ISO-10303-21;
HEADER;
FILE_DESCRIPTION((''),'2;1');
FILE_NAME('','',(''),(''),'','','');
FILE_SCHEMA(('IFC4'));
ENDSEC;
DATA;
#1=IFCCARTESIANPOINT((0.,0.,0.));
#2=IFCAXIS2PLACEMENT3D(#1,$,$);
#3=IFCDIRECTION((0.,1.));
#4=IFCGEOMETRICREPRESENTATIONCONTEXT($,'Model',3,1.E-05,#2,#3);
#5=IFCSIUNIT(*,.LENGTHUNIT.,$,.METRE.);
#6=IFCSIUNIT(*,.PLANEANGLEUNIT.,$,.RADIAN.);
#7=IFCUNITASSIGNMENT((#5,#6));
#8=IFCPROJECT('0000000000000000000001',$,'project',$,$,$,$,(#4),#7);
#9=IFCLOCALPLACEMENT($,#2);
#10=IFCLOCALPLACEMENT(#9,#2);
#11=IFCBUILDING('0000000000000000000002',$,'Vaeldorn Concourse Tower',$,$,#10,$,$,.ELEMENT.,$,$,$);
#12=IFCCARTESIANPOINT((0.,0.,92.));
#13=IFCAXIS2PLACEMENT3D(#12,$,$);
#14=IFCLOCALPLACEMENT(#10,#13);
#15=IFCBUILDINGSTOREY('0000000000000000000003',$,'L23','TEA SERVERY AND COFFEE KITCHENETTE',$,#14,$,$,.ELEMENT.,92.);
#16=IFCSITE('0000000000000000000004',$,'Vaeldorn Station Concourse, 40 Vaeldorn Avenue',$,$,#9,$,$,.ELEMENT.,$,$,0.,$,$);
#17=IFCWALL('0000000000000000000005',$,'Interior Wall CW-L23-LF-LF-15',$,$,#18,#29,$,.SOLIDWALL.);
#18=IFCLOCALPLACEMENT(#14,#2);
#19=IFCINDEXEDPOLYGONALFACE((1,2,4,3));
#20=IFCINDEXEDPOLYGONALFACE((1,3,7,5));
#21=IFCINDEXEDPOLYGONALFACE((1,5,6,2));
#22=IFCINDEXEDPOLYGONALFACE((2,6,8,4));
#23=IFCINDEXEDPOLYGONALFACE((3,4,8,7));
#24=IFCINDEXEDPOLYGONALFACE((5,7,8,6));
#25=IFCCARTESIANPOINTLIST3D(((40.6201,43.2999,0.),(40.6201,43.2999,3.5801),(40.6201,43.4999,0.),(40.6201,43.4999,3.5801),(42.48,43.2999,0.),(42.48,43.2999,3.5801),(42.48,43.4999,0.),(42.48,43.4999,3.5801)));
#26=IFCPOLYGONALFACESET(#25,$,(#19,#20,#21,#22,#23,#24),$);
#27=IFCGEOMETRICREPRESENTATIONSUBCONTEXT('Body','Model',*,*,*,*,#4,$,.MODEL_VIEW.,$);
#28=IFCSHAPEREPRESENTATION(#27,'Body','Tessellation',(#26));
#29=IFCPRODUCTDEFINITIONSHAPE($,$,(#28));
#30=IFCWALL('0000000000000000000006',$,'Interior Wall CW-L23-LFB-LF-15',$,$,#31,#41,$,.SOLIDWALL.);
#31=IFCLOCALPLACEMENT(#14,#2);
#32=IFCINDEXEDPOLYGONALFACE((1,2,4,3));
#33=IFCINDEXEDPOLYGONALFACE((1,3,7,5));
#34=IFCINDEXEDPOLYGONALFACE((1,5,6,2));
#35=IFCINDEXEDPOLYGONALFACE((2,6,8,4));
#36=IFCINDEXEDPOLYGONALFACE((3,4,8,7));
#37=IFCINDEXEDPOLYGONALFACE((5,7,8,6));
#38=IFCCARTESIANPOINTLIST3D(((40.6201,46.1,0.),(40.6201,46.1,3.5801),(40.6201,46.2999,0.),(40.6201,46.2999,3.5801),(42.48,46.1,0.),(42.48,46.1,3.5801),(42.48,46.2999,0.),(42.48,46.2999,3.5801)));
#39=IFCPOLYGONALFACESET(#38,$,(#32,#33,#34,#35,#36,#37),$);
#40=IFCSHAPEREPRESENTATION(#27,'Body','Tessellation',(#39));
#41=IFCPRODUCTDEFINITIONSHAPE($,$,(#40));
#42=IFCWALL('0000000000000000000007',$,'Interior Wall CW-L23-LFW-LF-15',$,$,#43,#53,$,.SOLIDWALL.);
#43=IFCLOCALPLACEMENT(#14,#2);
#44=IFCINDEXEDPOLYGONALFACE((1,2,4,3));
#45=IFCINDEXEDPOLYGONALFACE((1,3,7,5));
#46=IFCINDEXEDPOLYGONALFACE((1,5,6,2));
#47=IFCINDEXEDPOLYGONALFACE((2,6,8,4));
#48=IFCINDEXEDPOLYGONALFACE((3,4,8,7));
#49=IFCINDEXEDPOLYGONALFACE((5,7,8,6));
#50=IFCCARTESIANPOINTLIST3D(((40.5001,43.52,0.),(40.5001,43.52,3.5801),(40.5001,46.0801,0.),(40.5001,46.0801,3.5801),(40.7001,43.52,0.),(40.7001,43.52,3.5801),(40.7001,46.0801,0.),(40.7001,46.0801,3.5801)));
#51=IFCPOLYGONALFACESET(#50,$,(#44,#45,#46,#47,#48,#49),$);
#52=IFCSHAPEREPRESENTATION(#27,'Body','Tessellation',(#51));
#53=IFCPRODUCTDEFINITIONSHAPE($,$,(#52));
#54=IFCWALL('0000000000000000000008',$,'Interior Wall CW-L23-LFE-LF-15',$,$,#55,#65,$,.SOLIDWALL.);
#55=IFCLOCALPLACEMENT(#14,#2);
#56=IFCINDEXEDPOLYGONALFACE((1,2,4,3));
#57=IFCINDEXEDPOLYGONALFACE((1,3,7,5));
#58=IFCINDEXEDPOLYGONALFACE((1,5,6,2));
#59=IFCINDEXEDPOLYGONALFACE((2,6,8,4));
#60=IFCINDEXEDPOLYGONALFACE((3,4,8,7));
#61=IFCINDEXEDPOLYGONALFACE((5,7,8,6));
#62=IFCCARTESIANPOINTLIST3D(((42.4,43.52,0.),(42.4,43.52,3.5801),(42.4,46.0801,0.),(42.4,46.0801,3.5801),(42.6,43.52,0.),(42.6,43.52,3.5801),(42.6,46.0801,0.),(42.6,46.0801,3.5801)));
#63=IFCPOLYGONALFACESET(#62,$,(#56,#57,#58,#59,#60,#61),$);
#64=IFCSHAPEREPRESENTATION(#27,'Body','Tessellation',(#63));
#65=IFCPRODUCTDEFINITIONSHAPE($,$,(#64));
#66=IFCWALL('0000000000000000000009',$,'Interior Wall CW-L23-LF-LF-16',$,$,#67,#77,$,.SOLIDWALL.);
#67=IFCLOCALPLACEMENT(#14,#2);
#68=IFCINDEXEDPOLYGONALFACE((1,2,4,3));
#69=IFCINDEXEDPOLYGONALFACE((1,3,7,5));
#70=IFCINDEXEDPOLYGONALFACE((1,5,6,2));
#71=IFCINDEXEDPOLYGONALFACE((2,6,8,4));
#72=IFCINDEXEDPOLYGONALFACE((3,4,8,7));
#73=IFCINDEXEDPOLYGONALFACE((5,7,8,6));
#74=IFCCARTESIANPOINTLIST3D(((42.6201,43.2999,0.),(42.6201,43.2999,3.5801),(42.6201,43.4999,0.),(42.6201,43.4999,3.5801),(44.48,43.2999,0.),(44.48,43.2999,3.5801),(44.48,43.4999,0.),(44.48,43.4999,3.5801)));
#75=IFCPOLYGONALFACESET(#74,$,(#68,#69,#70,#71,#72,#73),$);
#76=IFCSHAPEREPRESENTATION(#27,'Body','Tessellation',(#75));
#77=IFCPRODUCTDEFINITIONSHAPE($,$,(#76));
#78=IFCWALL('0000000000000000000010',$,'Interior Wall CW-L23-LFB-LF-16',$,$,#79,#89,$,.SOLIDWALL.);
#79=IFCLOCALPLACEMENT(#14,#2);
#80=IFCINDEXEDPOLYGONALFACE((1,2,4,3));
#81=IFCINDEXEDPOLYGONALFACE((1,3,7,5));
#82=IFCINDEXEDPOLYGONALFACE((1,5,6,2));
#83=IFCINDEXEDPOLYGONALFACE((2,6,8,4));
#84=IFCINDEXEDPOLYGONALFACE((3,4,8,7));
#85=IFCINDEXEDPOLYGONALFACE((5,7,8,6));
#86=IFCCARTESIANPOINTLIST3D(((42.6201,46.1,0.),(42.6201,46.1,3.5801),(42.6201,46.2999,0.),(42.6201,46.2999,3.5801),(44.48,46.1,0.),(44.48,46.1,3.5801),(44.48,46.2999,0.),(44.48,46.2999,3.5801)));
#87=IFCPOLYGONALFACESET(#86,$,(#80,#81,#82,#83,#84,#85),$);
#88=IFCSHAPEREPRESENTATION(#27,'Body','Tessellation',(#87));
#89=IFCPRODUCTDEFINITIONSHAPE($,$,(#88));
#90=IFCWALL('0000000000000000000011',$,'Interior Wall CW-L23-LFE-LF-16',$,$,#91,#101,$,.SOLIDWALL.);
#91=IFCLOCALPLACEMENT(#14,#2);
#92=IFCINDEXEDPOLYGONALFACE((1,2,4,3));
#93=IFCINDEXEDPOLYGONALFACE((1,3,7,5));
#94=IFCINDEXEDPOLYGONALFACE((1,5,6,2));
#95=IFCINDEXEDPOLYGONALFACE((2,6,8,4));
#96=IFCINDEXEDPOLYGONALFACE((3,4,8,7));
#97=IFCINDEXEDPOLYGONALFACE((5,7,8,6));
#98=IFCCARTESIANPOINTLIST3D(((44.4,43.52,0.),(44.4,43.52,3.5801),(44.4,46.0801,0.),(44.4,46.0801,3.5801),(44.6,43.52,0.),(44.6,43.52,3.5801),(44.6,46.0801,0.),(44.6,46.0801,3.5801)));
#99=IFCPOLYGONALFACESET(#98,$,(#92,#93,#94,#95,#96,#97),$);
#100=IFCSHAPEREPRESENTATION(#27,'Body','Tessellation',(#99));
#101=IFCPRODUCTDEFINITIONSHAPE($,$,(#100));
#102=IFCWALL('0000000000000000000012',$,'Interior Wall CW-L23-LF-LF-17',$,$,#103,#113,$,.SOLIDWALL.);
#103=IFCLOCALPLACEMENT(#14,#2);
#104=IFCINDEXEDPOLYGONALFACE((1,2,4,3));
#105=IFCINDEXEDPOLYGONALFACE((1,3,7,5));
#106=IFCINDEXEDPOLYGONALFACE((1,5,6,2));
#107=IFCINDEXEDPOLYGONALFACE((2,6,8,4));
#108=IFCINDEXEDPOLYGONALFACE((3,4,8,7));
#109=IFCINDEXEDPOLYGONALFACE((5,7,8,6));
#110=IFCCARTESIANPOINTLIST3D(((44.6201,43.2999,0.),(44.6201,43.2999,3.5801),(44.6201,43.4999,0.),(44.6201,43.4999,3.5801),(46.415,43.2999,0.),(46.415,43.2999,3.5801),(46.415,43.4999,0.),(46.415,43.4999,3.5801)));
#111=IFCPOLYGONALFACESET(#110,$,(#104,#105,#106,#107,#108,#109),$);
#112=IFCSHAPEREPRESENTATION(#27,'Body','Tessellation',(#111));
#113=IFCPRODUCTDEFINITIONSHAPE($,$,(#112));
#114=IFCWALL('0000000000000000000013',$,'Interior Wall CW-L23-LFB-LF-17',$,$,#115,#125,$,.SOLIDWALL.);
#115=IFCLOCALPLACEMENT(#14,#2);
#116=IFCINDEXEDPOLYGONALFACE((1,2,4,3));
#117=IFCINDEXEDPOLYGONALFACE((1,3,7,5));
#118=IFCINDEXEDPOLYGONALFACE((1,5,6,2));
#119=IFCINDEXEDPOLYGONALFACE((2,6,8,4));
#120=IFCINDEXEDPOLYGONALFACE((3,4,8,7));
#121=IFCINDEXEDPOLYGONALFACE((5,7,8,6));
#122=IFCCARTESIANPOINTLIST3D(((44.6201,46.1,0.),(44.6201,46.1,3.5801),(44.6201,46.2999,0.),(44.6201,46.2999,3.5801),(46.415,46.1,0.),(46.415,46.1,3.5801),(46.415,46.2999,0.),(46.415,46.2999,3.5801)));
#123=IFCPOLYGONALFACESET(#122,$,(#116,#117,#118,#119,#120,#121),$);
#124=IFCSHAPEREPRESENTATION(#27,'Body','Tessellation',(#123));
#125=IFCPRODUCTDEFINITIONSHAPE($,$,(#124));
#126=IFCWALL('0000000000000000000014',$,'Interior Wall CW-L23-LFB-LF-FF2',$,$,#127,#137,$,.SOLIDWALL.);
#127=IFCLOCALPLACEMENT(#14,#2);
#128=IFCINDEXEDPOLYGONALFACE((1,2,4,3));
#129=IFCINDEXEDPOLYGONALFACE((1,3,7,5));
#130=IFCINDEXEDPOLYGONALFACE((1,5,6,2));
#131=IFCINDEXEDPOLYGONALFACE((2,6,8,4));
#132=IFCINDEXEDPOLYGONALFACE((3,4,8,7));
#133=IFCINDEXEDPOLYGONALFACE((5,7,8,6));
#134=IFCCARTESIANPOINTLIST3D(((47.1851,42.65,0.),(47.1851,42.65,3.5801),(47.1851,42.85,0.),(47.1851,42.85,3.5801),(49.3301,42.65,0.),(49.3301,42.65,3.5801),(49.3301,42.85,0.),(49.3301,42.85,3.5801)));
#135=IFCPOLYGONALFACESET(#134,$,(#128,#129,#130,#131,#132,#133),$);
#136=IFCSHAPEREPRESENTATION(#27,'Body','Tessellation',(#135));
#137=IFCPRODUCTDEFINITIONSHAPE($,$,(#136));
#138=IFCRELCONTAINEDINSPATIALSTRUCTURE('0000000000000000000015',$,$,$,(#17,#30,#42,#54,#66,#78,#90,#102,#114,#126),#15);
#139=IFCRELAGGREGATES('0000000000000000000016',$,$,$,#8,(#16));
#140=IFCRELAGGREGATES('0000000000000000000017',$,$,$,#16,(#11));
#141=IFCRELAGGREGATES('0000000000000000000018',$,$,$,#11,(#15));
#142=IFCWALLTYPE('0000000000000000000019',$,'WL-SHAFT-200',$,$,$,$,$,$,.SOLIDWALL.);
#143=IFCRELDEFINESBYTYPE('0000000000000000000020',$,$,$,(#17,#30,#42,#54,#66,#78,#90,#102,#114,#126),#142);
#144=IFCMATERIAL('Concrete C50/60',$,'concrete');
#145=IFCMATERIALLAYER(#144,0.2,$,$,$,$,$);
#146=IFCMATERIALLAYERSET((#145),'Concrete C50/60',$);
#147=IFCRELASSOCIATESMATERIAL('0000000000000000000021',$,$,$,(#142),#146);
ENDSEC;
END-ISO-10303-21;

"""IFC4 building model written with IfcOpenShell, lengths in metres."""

from ifc_helpers import new_model, si_unit, direction, frame, frame_2d, origin, place, context, subcontext, project, spatial, rectangle, extrude, material, layer, layer_set, type_object, element, save


model = new_model("IFC4")

# Units and contexts
model_context = context("Model", 3, precision=1e-05, world=origin(), true_north=direction((0.0, 1.0)))
body_context = subcontext(model_context, "Body", "Model", "MODEL_VIEW")
ifc_project = project(units=[si_unit("LENGTHUNIT", "METRE"), si_unit("PLANEANGLEUNIT", "RADIAN")], contexts=[model_context])

# Site, building, storey
site_placement = place(None, origin())
site = spatial("IfcSite", under=ifc_project, at=site_placement, Name="Vaeldorn Station Concourse, 40 Vaeldorn Avenue", CompositionType="ELEMENT", RefElevation=0.0)
building_placement = place(site_placement, origin())
building = spatial("IfcBuilding", under=site, at=building_placement, Name="Vaeldorn Concourse Tower", CompositionType="ELEMENT")
storey_placement = place(building_placement, frame((0.0, 0.0, 92.0)))
storey = spatial("IfcBuildingStorey", under=building, at=storey_placement, Name="L23", Description="TEA SERVERY AND COFFEE KITCHENETTE", CompositionType="ELEMENT", Elevation=92.0)

# Shared definitions
ifc_material_1 = material(Name="Concrete C50/60", Category="concrete")
ifc_layer_1 = layer(ifc_material_1, 0.2)
ifc_layer_set_1 = layer_set([ifc_layer_1], Name="Concrete C50/60")
wall_type_1 = type_object("IfcWallType", Name="WL-SHAFT-200", PredefinedType="SOLIDWALL", material=ifc_layer_set_1)

# Walls
for number, where, z_axis, x_axis, name in (
    (1, (40.6201, 43.3999, 0.0), (0.0, 0.0, 1.0), (1.0, 0.0, 0.0), "Interior Wall CW-L23-LF-LF-15"),
    (2, (40.6201, 46.2, 0.0), (0.0, 0.0, 1.0), (1.0, 0.0, 0.0), "Interior Wall CW-L23-LFB-LF-15"),
):
    element("IfcWall", number, at=place(storey_placement, frame(where, z_axis=z_axis, x_axis=x_axis)), inside=storey, type_object=wall_type_1, Name=name, PredefinedType="SOLIDWALL", context=body_context, shape_type="SweptSolid", body=[
        extrude(rectangle(XDim=1.8599, YDim=0.2, at=frame_2d((0.9299, 0.0))), origin(), (0.0, 0.0, 1.0), 3.5801),
    ])
for number, where, z_axis, x_axis, name in (
    (3, (40.6001, 43.52, 0.0), (0.0, 0.0, 1.0), (0.0, 1.0, 0.0), "Interior Wall CW-L23-LFW-LF-15"),
    (4, (42.5, 43.52, 0.0), (0.0, 0.0, 1.0), (0.0, 1.0, 0.0), "Interior Wall CW-L23-LFE-LF-15"),
):
    element("IfcWall", number, at=place(storey_placement, frame(where, z_axis=z_axis, x_axis=x_axis)), inside=storey, type_object=wall_type_1, Name=name, PredefinedType="SOLIDWALL", context=body_context, shape_type="SweptSolid", body=[
        extrude(rectangle(XDim=2.5601, YDim=0.2, at=frame_2d((1.28, 0.0))), origin(), (0.0, 0.0, 1.0), 3.5801),
    ])
for number, where, z_axis, x_axis, name in (
    (5, (42.6201, 43.3999, 0.0), (0.0, 0.0, 1.0), (1.0, 0.0, 0.0), "Interior Wall CW-L23-LF-LF-16"),
    (6, (42.6201, 46.2, 0.0), (0.0, 0.0, 1.0), (1.0, 0.0, 0.0), "Interior Wall CW-L23-LFB-LF-16"),
):
    element("IfcWall", number, at=place(storey_placement, frame(where, z_axis=z_axis, x_axis=x_axis)), inside=storey, type_object=wall_type_1, Name=name, PredefinedType="SOLIDWALL", context=body_context, shape_type="SweptSolid", body=[
        extrude(rectangle(XDim=1.8599, YDim=0.2, at=frame_2d((0.9299, 0.0))), origin(), (0.0, 0.0, 1.0), 3.5801),
    ])
wall_1_placement = place(storey_placement, frame((44.5, 43.52, 0.0), z_axis=(0.0, 0.0, 1.0), x_axis=(0.0, 1.0, 0.0)))
element("IfcWall", 7, at=wall_1_placement, inside=storey, type_object=wall_type_1, Name="Interior Wall CW-L23-LFE-LF-16", PredefinedType="SOLIDWALL", context=body_context, shape_type="SweptSolid", body=[
    extrude(rectangle(XDim=2.5601, YDim=0.2, at=frame_2d((1.28, 0.0))), origin(), (0.0, 0.0, 1.0), 3.5801),
])
for number, where, z_axis, x_axis, name in (
    (8, (44.6201, 43.3999, 0.0), (0.0, 0.0, 1.0), (1.0, 0.0, 0.0), "Interior Wall CW-L23-LF-LF-17"),
    (9, (44.6201, 46.2, 0.0), (0.0, 0.0, 1.0), (1.0, 0.0, 0.0), "Interior Wall CW-L23-LFB-LF-17"),
):
    element("IfcWall", number, at=place(storey_placement, frame(where, z_axis=z_axis, x_axis=x_axis)), inside=storey, type_object=wall_type_1, Name=name, PredefinedType="SOLIDWALL", context=body_context, shape_type="SweptSolid", body=[
        extrude(rectangle(XDim=1.7949, YDim=0.2, at=frame_2d((0.8975, 0.0))), origin(), (0.0, 0.0, 1.0), 3.5801),
    ])

# Wall
wall_2_placement = place(storey_placement, frame((47.1851, 42.75, 0.0), z_axis=(0.0, 0.0, 1.0), x_axis=(1.0, 0.0, 0.0)))
element("IfcWall", 10, at=wall_2_placement, inside=storey, type_object=wall_type_1, Name="Interior Wall CW-L23-LFB-LF-FF2", PredefinedType="SOLIDWALL", context=body_context, shape_type="SweptSolid", body=[
    extrude(rectangle(XDim=2.145, YDim=0.2, at=frame_2d((1.0725, 0.0))), origin(), (0.0, 0.0, 1.0), 3.5801),
])

save(model, "model.ifc")
